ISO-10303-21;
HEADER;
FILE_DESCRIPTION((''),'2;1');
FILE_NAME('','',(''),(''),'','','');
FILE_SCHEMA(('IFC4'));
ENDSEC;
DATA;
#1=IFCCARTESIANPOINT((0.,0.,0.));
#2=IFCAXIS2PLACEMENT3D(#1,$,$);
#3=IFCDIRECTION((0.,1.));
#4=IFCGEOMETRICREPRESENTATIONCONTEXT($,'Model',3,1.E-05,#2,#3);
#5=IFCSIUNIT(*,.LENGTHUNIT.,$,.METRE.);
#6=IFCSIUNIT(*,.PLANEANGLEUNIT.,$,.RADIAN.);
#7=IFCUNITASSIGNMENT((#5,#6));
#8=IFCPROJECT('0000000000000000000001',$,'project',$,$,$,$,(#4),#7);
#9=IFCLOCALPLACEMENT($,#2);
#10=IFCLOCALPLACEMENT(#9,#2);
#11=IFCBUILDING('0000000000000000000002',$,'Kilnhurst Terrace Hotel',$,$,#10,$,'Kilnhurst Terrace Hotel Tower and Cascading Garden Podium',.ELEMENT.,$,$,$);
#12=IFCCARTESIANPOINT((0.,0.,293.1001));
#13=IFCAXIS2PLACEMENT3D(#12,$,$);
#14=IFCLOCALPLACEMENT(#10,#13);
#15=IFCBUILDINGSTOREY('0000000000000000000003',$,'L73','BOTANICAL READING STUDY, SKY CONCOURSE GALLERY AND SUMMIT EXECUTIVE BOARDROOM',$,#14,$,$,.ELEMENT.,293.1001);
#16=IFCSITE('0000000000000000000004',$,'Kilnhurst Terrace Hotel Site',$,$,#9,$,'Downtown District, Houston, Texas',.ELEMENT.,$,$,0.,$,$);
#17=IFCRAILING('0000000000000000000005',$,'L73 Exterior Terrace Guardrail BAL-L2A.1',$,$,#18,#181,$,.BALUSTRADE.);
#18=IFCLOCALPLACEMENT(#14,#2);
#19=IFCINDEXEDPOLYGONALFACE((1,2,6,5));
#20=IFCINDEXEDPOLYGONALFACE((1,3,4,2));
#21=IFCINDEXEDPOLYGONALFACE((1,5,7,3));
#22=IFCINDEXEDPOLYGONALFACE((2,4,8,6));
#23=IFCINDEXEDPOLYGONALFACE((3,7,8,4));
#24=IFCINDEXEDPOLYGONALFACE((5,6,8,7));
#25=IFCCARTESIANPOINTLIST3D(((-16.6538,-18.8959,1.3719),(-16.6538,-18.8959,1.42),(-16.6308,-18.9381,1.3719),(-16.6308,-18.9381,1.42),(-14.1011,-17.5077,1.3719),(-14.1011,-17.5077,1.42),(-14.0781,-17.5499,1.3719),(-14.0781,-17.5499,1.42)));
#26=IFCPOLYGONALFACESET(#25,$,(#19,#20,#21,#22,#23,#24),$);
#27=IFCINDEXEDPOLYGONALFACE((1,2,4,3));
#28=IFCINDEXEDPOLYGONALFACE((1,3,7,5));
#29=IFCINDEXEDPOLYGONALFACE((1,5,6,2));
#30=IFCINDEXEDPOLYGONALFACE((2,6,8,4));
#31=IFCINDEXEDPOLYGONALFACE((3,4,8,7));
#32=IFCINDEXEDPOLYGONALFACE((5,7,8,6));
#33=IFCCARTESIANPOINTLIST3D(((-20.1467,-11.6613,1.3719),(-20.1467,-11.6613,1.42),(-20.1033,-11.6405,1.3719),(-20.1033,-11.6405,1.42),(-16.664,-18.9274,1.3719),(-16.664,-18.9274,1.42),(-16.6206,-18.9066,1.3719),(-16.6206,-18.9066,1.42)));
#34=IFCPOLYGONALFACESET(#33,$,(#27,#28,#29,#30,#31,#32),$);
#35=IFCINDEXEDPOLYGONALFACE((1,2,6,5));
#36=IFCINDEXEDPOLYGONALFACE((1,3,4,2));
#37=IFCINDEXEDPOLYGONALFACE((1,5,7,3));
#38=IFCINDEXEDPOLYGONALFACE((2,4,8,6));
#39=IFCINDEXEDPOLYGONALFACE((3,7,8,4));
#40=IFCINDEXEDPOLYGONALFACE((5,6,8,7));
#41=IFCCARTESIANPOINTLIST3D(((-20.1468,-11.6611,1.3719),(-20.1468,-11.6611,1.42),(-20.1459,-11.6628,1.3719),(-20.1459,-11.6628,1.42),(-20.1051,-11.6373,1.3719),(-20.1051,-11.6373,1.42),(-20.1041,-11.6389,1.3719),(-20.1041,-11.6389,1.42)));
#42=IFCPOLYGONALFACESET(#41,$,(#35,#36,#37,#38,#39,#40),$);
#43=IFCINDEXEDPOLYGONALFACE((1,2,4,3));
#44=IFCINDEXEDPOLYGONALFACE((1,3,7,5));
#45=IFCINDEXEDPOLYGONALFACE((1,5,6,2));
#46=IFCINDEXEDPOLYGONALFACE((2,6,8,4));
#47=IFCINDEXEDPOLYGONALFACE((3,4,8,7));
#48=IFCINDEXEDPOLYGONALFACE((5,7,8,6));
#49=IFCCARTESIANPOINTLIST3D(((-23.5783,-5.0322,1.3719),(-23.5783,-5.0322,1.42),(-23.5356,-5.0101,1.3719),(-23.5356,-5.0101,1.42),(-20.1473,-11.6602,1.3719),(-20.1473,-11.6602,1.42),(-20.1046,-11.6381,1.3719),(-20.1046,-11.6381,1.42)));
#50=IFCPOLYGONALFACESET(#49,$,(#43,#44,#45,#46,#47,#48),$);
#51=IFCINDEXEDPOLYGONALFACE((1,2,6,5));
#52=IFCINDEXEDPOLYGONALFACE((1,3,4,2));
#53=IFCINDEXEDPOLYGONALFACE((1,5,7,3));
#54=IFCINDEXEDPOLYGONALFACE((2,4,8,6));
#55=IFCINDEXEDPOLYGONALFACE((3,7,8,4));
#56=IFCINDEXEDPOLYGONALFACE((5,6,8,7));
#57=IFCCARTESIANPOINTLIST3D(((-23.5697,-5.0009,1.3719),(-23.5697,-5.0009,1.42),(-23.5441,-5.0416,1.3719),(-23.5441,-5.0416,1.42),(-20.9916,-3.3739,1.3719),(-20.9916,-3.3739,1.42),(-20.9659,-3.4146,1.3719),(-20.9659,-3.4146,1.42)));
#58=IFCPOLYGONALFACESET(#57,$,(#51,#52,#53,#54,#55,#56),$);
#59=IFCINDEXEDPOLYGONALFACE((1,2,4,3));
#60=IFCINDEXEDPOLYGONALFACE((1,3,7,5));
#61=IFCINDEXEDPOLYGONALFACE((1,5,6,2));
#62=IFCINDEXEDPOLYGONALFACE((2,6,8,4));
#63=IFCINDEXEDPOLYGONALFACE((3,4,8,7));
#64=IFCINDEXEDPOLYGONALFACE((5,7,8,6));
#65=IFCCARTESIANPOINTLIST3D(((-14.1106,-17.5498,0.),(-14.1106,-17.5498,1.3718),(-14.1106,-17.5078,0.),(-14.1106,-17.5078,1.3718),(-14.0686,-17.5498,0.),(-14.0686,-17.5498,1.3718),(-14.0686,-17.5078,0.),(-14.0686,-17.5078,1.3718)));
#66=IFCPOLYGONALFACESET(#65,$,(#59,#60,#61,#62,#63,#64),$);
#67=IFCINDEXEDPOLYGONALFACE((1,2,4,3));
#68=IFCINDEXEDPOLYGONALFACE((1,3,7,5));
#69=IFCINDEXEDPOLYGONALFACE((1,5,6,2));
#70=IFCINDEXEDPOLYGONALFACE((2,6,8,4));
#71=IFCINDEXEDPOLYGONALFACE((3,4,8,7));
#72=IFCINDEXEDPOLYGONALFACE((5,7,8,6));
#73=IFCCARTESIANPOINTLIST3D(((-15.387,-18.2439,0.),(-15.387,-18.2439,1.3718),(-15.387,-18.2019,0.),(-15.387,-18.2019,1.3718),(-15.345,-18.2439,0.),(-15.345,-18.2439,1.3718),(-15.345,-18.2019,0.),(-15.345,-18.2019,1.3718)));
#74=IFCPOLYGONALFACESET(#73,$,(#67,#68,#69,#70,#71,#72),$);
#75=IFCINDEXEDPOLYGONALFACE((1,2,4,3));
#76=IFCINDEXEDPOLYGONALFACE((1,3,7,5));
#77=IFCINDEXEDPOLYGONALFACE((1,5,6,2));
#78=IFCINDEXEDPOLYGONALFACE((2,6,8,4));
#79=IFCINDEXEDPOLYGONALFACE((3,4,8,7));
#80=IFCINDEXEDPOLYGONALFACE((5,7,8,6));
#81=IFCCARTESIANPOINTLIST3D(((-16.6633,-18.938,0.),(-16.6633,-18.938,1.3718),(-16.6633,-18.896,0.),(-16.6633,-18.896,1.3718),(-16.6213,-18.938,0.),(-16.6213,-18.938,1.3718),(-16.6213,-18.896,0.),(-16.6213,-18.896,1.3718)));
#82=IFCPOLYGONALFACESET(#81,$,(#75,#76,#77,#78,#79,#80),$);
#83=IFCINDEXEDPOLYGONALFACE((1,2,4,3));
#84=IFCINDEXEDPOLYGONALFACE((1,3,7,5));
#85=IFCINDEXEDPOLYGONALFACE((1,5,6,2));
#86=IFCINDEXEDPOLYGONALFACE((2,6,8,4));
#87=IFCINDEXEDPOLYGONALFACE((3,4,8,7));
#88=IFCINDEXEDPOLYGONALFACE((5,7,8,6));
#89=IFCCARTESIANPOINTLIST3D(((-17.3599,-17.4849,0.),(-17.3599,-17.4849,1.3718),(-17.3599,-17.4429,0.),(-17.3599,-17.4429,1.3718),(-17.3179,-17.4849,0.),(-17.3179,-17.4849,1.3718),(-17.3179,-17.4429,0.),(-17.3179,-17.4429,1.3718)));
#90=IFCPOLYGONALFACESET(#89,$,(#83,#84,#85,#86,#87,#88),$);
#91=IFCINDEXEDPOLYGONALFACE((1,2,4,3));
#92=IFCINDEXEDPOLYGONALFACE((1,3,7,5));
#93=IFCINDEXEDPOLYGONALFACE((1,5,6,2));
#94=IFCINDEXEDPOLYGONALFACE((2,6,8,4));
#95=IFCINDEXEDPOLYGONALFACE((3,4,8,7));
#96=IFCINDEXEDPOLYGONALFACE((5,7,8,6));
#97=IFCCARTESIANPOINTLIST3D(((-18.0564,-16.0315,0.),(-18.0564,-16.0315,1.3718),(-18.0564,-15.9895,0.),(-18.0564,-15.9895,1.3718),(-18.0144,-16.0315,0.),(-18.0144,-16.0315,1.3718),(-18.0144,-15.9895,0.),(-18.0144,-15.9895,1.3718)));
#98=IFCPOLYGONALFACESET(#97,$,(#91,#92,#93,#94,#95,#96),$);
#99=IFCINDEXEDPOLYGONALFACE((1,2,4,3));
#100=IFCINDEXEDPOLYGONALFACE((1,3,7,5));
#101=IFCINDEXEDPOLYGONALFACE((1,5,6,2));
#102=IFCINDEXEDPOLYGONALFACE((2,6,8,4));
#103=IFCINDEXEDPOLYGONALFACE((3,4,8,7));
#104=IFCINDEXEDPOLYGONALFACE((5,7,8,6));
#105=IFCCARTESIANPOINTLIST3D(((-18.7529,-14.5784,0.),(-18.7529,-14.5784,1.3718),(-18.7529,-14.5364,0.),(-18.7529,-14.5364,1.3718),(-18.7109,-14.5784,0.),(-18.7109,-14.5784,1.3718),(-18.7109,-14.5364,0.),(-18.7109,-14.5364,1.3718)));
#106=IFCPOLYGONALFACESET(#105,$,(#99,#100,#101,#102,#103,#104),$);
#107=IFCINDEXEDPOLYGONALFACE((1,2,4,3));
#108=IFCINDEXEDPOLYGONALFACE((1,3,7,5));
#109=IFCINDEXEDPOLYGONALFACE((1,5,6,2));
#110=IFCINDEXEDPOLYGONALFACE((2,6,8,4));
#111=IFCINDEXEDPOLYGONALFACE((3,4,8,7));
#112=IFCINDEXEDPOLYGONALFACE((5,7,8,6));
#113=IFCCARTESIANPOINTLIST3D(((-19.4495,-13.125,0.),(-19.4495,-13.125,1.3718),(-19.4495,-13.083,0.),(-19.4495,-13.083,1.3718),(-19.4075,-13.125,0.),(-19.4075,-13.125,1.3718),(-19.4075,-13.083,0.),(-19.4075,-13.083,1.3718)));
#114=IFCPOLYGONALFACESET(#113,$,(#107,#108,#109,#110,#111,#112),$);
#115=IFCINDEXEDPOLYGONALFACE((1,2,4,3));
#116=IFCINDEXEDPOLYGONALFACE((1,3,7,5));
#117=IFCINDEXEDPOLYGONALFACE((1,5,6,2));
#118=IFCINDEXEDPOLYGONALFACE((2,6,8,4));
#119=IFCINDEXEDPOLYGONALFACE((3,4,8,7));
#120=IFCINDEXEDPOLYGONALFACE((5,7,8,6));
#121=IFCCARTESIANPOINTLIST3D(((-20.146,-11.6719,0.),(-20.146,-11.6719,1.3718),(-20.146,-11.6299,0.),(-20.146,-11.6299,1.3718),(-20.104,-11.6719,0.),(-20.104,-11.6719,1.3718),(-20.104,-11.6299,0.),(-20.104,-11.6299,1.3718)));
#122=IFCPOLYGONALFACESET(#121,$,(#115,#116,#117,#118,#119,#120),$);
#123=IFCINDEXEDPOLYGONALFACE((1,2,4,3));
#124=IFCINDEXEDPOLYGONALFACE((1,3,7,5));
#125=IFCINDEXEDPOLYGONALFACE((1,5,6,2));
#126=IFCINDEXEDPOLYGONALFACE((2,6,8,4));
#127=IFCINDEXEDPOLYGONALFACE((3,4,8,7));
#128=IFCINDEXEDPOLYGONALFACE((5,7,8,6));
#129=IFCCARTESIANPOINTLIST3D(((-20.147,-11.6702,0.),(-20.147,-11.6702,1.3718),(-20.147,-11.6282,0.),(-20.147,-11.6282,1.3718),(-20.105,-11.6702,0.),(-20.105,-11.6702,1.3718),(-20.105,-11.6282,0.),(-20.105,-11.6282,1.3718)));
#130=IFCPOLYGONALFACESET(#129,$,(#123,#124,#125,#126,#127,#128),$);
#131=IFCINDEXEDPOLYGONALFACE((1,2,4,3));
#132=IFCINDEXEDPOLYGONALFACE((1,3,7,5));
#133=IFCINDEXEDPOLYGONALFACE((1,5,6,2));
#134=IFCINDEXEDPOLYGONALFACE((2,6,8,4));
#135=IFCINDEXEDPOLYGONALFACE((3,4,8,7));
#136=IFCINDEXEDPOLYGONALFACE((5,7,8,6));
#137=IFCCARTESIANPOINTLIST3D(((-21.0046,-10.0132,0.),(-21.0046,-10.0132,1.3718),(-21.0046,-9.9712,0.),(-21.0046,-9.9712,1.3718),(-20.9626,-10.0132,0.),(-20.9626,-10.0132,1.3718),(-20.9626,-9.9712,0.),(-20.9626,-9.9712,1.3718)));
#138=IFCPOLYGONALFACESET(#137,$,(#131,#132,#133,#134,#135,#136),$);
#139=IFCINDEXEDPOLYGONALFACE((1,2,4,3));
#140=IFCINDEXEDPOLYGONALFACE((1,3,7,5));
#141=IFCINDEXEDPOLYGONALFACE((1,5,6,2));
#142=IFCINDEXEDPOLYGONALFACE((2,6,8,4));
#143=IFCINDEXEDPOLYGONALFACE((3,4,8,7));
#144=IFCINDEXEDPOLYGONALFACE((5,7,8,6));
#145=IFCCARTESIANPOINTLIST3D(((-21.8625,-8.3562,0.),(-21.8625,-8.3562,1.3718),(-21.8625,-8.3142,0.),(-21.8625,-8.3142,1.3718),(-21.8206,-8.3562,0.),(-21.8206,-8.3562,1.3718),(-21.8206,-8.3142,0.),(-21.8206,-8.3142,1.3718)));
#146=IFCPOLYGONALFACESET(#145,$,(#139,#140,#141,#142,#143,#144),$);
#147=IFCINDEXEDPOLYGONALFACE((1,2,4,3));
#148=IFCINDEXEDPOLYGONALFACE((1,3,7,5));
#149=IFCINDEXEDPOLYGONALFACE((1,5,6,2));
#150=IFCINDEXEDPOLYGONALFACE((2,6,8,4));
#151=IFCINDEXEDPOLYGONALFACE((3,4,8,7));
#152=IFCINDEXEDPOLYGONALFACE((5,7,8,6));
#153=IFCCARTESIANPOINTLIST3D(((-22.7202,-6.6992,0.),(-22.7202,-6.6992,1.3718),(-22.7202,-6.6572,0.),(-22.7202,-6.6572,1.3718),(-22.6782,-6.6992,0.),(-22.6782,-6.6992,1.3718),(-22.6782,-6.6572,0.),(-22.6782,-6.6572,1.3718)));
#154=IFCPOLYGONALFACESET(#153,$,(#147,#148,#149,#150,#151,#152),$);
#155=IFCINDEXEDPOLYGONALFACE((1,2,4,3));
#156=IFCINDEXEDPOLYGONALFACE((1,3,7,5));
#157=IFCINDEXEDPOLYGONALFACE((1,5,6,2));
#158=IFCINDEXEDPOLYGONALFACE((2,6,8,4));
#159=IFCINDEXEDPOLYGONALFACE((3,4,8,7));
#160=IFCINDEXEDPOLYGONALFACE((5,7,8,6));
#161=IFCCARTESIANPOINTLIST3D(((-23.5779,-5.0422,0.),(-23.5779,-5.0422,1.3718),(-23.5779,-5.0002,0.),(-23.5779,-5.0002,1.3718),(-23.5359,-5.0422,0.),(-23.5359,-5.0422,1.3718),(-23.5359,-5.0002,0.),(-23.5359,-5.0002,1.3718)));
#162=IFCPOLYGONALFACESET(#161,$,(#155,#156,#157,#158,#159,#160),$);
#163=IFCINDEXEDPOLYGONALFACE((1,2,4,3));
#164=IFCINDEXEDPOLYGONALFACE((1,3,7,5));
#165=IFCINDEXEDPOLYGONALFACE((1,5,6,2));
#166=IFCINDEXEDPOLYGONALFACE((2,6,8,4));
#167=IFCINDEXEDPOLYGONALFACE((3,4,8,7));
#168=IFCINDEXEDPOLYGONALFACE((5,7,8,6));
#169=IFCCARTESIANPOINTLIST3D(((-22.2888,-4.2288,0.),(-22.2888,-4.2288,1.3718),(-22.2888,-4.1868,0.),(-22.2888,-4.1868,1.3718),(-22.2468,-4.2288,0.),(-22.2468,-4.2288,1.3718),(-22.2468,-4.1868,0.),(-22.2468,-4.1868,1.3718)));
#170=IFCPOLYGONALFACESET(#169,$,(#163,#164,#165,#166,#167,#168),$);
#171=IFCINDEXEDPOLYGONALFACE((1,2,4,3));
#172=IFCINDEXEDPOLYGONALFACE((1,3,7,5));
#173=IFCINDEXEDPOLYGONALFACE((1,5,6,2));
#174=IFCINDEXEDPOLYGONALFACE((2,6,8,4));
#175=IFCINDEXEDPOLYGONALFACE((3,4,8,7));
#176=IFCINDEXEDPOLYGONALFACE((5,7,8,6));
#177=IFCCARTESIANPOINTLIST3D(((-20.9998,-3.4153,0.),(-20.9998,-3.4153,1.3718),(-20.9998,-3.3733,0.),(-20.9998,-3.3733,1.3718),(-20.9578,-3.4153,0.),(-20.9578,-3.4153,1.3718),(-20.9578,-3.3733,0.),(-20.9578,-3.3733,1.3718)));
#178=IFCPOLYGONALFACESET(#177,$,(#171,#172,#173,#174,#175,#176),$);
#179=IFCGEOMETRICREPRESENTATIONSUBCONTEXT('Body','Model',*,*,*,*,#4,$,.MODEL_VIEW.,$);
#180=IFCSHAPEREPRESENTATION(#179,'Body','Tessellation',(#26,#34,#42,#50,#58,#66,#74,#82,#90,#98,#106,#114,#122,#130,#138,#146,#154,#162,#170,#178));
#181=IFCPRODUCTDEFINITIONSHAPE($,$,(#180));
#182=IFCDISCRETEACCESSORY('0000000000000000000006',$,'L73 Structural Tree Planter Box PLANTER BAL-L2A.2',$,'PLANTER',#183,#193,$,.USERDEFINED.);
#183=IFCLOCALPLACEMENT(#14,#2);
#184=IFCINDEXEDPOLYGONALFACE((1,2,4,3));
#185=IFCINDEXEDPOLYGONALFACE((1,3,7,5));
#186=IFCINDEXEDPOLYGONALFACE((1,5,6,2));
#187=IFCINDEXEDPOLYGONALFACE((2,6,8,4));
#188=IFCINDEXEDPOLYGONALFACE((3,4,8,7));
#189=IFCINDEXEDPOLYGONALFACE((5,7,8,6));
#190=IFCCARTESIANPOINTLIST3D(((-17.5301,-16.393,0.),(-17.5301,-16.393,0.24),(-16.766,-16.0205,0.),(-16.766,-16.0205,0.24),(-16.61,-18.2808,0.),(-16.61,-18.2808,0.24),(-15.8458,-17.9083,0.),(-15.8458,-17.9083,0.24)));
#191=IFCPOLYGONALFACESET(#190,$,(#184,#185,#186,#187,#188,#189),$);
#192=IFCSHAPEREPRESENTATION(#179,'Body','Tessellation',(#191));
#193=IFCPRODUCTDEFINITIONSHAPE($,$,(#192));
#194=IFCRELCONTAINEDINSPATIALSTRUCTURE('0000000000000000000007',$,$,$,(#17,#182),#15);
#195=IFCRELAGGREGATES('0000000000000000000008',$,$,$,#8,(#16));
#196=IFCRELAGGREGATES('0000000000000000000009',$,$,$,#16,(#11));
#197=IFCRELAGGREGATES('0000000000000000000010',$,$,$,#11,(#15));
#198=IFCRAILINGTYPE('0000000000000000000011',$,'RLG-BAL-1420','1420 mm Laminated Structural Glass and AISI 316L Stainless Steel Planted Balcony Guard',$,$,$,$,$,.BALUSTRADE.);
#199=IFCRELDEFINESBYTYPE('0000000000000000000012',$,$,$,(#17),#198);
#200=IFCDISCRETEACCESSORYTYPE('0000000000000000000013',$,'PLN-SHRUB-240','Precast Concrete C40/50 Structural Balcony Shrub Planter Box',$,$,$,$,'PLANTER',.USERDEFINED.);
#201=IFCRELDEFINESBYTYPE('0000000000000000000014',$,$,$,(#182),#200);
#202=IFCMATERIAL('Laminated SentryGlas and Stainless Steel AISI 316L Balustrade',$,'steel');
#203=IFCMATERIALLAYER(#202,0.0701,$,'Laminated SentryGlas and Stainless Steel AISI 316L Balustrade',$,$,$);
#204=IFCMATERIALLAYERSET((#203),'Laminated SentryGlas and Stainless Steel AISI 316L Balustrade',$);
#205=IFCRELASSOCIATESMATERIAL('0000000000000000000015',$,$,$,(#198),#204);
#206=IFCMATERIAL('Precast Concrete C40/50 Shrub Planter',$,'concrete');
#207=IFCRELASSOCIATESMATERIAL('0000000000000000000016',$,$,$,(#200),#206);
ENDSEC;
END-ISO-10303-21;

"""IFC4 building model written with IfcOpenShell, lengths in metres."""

from ifc_helpers import new_model, si_unit, direction, frame, origin, origin_2d, place, context, subcontext, project, spatial, rectangle, extrude, material, layer, layer_set, type_object, element, save


model = new_model("IFC4")

# Units and contexts
model_context = context("Model", 3, precision=1e-05, world=origin(), true_north=direction((0.0, 1.0)))
body_context = subcontext(model_context, "Body", "Model", "MODEL_VIEW")
ifc_project = project(units=[si_unit("LENGTHUNIT", "METRE"), si_unit("PLANEANGLEUNIT", "RADIAN")], contexts=[model_context])

# Site, building, storey
site_placement = place(None, origin())
site = spatial("IfcSite", under=ifc_project, at=site_placement, Name="Kilnhurst Terrace Hotel Site", LongName="Downtown District, Houston, Texas", CompositionType="ELEMENT", RefElevation=0.0)
building_placement = place(site_placement, origin())
building = spatial("IfcBuilding", under=site, at=building_placement, Name="Kilnhurst Terrace Hotel", LongName="Kilnhurst Terrace Hotel Tower and Cascading Garden Podium", CompositionType="ELEMENT")
storey_placement = place(building_placement, frame((0.0, 0.0, 293.1001)))
storey = spatial("IfcBuildingStorey", under=building, at=storey_placement, Name="L73", Description="BOTANICAL READING STUDY, SKY CONCOURSE GALLERY AND SUMMIT EXECUTIVE BOARDROOM", CompositionType="ELEMENT", Elevation=293.1001)

# Railing
ifc_material_1 = material(Name="Laminated SentryGlas and Stainless Steel AISI 316L Balustrade", Category="steel")
ifc_layer_1 = layer(ifc_material_1, 0.0701, Name="Laminated SentryGlas and Stainless Steel AISI 316L Balustrade")
ifc_layer_set_1 = layer_set([ifc_layer_1], Name="Laminated SentryGlas and Stainless Steel AISI 316L Balustrade")
railing_type = type_object("IfcRailingType", Name="RLG-BAL-1420", Description="1420 mm Laminated Structural Glass and AISI 316L Stainless Steel Planted Balcony Guard", PredefinedType="BALUSTRADE", material=ifc_layer_set_1)
railing_placement = place(storey_placement, frame((-14.0896, -17.5288, 0.0)))
element("IfcRailing", 1, at=railing_placement, inside=storey, type_object=railing_type, Name="L73 Exterior Terrace Guardrail BAL-L2A.1", PredefinedType="BALUSTRADE", context=body_context, shape_type="SweptSolid", body=[
    extrude(rectangle(XDim=0.0481, YDim=0.0481, at=origin_2d()), frame((0.0, 0.0, 1.396), z_axis=(-0.878505, -0.477733, 0.0), x_axis=(0.477733, -0.878505, 0.0)), (0.0, 0.0, 1.0), 2.9058),
    extrude(rectangle(XDim=0.0481, YDim=0.0481, at=origin_2d()), frame((-2.5527, -1.3882, 1.396), z_axis=(-0.43222, 0.901768, 0.0), x_axis=(-0.901768, -0.43222, 0.0)), (0.0, 0.0, 1.0), 8.0576),
    extrude(rectangle(XDim=0.0481, YDim=0.0481, at=origin_2d()), frame((-6.0354, 5.8779, 1.396), z_axis=(-0.496139, 0.868243, 0.0), x_axis=(-0.868243, -0.496139, 0.0)), (0.0, 0.0, 1.0), 0.002),
    extrude(rectangle(XDim=0.0481, YDim=0.0481, at=origin_2d()), frame((-6.0364, 5.8796, 1.396), z_axis=(-0.459705, 0.888072, 0.0), x_axis=(-0.888072, -0.459705, 0.0)), (0.0, 0.0, 1.0), 7.4634),
    extrude(rectangle(XDim=0.0481, YDim=0.0481, at=origin_2d()), frame((-9.4673, 12.5076, 1.396), z_axis=(0.845687, 0.53368, 0.0), x_axis=(-0.53368, 0.845687, 0.0)), (0.0, 0.0, 1.0), 3.0486),
    extrude(rectangle(XDim=0.042, YDim=0.042, at=origin_2d()), origin(), (0.0, 0.0, 1.0), 1.3718),
    extrude(rectangle(XDim=0.042, YDim=0.042, at=origin_2d()), frame((-1.2764, -0.6941, 0.0)), (0.0, 0.0, 1.0), 1.3718),
    extrude(rectangle(XDim=0.042, YDim=0.042, at=origin_2d()), frame((-2.5527, -1.3882, 0.0)), (0.0, 0.0, 1.0), 1.3718),
    extrude(rectangle(XDim=0.042, YDim=0.042, at=origin_2d()), frame((-3.2493, 0.0649, 0.0)), (0.0, 0.0, 1.0), 1.3718),
    extrude(rectangle(XDim=0.042, YDim=0.042, at=origin_2d()), frame((-3.9458, 1.5183, 0.0)), (0.0, 0.0, 1.0), 1.3718),
    extrude(rectangle(XDim=0.042, YDim=0.042, at=origin_2d()), frame((-4.6423, 2.9714, 0.0)), (0.0, 0.0, 1.0), 1.3718),
    extrude(rectangle(XDim=0.042, YDim=0.042, at=origin_2d()), frame((-5.3389, 4.4248, 0.0)), (0.0, 0.0, 1.0), 1.3718),
    extrude(rectangle(XDim=0.042, YDim=0.042, at=origin_2d()), frame((-6.0354, 5.8779, 0.0)), (0.0, 0.0, 1.0), 1.3718),
    extrude(rectangle(XDim=0.042, YDim=0.042, at=origin_2d()), frame((-6.0364, 5.8796, 0.0)), (0.0, 0.0, 1.0), 1.3718),
    extrude(rectangle(XDim=0.042, YDim=0.042, at=origin_2d()), frame((-6.894, 7.5366, 0.0)), (0.0, 0.0, 1.0), 1.3718),
    extrude(rectangle(XDim=0.042, YDim=0.042, at=origin_2d()), frame((-7.752, 9.1936, 0.0)), (0.0, 0.0, 1.0), 1.3718),
    extrude(rectangle(XDim=0.042, YDim=0.042, at=origin_2d()), frame((-8.6096, 10.8506, 0.0)), (0.0, 0.0, 1.0), 1.3718),
    extrude(rectangle(XDim=0.042, YDim=0.042, at=origin_2d()), frame((-9.4673, 12.5076, 0.0)), (0.0, 0.0, 1.0), 1.3718),
    extrude(rectangle(XDim=0.042, YDim=0.042, at=origin_2d()), frame((-8.1782, 13.321, 0.0)), (0.0, 0.0, 1.0), 1.3718),
    extrude(rectangle(XDim=0.042, YDim=0.042, at=origin_2d()), frame((-6.8892, 14.1345, 0.0)), (0.0, 0.0, 1.0), 1.3718),
])

# Discrete accessory
ifc_material_2 = material(Name="Precast Concrete C40/50 Shrub Planter", Category="concrete")
discrete_accessory_type = type_object("IfcDiscreteAccessoryType", Name="PLN-SHRUB-240", Description="Precast Concrete C40/50 Structural Balcony Shrub Planter Box", ElementType="PLANTER", PredefinedType="USERDEFINED", material=ifc_material_2)
discrete_accessory_placement = place(storey_placement, frame((-16.688, -17.1506, 0.0), z_axis=(0.0, 0.0, 1.0), x_axis=(0.438136, -0.898909, 0.0)))
element("IfcDiscreteAccessory", 2, at=discrete_accessory_placement, inside=storey, type_object=discrete_accessory_type, Name="L73 Structural Tree Planter Box PLANTER BAL-L2A.2", ObjectType="PLANTER", PredefinedType="USERDEFINED", context=body_context, shape_type="SweptSolid", body=[
    extrude(rectangle(XDim=2.1001, YDim=0.8501, at=origin_2d()), origin(), (0.0, 0.0, 1.0), 0.24),
])

save(model, "model.ifc")
